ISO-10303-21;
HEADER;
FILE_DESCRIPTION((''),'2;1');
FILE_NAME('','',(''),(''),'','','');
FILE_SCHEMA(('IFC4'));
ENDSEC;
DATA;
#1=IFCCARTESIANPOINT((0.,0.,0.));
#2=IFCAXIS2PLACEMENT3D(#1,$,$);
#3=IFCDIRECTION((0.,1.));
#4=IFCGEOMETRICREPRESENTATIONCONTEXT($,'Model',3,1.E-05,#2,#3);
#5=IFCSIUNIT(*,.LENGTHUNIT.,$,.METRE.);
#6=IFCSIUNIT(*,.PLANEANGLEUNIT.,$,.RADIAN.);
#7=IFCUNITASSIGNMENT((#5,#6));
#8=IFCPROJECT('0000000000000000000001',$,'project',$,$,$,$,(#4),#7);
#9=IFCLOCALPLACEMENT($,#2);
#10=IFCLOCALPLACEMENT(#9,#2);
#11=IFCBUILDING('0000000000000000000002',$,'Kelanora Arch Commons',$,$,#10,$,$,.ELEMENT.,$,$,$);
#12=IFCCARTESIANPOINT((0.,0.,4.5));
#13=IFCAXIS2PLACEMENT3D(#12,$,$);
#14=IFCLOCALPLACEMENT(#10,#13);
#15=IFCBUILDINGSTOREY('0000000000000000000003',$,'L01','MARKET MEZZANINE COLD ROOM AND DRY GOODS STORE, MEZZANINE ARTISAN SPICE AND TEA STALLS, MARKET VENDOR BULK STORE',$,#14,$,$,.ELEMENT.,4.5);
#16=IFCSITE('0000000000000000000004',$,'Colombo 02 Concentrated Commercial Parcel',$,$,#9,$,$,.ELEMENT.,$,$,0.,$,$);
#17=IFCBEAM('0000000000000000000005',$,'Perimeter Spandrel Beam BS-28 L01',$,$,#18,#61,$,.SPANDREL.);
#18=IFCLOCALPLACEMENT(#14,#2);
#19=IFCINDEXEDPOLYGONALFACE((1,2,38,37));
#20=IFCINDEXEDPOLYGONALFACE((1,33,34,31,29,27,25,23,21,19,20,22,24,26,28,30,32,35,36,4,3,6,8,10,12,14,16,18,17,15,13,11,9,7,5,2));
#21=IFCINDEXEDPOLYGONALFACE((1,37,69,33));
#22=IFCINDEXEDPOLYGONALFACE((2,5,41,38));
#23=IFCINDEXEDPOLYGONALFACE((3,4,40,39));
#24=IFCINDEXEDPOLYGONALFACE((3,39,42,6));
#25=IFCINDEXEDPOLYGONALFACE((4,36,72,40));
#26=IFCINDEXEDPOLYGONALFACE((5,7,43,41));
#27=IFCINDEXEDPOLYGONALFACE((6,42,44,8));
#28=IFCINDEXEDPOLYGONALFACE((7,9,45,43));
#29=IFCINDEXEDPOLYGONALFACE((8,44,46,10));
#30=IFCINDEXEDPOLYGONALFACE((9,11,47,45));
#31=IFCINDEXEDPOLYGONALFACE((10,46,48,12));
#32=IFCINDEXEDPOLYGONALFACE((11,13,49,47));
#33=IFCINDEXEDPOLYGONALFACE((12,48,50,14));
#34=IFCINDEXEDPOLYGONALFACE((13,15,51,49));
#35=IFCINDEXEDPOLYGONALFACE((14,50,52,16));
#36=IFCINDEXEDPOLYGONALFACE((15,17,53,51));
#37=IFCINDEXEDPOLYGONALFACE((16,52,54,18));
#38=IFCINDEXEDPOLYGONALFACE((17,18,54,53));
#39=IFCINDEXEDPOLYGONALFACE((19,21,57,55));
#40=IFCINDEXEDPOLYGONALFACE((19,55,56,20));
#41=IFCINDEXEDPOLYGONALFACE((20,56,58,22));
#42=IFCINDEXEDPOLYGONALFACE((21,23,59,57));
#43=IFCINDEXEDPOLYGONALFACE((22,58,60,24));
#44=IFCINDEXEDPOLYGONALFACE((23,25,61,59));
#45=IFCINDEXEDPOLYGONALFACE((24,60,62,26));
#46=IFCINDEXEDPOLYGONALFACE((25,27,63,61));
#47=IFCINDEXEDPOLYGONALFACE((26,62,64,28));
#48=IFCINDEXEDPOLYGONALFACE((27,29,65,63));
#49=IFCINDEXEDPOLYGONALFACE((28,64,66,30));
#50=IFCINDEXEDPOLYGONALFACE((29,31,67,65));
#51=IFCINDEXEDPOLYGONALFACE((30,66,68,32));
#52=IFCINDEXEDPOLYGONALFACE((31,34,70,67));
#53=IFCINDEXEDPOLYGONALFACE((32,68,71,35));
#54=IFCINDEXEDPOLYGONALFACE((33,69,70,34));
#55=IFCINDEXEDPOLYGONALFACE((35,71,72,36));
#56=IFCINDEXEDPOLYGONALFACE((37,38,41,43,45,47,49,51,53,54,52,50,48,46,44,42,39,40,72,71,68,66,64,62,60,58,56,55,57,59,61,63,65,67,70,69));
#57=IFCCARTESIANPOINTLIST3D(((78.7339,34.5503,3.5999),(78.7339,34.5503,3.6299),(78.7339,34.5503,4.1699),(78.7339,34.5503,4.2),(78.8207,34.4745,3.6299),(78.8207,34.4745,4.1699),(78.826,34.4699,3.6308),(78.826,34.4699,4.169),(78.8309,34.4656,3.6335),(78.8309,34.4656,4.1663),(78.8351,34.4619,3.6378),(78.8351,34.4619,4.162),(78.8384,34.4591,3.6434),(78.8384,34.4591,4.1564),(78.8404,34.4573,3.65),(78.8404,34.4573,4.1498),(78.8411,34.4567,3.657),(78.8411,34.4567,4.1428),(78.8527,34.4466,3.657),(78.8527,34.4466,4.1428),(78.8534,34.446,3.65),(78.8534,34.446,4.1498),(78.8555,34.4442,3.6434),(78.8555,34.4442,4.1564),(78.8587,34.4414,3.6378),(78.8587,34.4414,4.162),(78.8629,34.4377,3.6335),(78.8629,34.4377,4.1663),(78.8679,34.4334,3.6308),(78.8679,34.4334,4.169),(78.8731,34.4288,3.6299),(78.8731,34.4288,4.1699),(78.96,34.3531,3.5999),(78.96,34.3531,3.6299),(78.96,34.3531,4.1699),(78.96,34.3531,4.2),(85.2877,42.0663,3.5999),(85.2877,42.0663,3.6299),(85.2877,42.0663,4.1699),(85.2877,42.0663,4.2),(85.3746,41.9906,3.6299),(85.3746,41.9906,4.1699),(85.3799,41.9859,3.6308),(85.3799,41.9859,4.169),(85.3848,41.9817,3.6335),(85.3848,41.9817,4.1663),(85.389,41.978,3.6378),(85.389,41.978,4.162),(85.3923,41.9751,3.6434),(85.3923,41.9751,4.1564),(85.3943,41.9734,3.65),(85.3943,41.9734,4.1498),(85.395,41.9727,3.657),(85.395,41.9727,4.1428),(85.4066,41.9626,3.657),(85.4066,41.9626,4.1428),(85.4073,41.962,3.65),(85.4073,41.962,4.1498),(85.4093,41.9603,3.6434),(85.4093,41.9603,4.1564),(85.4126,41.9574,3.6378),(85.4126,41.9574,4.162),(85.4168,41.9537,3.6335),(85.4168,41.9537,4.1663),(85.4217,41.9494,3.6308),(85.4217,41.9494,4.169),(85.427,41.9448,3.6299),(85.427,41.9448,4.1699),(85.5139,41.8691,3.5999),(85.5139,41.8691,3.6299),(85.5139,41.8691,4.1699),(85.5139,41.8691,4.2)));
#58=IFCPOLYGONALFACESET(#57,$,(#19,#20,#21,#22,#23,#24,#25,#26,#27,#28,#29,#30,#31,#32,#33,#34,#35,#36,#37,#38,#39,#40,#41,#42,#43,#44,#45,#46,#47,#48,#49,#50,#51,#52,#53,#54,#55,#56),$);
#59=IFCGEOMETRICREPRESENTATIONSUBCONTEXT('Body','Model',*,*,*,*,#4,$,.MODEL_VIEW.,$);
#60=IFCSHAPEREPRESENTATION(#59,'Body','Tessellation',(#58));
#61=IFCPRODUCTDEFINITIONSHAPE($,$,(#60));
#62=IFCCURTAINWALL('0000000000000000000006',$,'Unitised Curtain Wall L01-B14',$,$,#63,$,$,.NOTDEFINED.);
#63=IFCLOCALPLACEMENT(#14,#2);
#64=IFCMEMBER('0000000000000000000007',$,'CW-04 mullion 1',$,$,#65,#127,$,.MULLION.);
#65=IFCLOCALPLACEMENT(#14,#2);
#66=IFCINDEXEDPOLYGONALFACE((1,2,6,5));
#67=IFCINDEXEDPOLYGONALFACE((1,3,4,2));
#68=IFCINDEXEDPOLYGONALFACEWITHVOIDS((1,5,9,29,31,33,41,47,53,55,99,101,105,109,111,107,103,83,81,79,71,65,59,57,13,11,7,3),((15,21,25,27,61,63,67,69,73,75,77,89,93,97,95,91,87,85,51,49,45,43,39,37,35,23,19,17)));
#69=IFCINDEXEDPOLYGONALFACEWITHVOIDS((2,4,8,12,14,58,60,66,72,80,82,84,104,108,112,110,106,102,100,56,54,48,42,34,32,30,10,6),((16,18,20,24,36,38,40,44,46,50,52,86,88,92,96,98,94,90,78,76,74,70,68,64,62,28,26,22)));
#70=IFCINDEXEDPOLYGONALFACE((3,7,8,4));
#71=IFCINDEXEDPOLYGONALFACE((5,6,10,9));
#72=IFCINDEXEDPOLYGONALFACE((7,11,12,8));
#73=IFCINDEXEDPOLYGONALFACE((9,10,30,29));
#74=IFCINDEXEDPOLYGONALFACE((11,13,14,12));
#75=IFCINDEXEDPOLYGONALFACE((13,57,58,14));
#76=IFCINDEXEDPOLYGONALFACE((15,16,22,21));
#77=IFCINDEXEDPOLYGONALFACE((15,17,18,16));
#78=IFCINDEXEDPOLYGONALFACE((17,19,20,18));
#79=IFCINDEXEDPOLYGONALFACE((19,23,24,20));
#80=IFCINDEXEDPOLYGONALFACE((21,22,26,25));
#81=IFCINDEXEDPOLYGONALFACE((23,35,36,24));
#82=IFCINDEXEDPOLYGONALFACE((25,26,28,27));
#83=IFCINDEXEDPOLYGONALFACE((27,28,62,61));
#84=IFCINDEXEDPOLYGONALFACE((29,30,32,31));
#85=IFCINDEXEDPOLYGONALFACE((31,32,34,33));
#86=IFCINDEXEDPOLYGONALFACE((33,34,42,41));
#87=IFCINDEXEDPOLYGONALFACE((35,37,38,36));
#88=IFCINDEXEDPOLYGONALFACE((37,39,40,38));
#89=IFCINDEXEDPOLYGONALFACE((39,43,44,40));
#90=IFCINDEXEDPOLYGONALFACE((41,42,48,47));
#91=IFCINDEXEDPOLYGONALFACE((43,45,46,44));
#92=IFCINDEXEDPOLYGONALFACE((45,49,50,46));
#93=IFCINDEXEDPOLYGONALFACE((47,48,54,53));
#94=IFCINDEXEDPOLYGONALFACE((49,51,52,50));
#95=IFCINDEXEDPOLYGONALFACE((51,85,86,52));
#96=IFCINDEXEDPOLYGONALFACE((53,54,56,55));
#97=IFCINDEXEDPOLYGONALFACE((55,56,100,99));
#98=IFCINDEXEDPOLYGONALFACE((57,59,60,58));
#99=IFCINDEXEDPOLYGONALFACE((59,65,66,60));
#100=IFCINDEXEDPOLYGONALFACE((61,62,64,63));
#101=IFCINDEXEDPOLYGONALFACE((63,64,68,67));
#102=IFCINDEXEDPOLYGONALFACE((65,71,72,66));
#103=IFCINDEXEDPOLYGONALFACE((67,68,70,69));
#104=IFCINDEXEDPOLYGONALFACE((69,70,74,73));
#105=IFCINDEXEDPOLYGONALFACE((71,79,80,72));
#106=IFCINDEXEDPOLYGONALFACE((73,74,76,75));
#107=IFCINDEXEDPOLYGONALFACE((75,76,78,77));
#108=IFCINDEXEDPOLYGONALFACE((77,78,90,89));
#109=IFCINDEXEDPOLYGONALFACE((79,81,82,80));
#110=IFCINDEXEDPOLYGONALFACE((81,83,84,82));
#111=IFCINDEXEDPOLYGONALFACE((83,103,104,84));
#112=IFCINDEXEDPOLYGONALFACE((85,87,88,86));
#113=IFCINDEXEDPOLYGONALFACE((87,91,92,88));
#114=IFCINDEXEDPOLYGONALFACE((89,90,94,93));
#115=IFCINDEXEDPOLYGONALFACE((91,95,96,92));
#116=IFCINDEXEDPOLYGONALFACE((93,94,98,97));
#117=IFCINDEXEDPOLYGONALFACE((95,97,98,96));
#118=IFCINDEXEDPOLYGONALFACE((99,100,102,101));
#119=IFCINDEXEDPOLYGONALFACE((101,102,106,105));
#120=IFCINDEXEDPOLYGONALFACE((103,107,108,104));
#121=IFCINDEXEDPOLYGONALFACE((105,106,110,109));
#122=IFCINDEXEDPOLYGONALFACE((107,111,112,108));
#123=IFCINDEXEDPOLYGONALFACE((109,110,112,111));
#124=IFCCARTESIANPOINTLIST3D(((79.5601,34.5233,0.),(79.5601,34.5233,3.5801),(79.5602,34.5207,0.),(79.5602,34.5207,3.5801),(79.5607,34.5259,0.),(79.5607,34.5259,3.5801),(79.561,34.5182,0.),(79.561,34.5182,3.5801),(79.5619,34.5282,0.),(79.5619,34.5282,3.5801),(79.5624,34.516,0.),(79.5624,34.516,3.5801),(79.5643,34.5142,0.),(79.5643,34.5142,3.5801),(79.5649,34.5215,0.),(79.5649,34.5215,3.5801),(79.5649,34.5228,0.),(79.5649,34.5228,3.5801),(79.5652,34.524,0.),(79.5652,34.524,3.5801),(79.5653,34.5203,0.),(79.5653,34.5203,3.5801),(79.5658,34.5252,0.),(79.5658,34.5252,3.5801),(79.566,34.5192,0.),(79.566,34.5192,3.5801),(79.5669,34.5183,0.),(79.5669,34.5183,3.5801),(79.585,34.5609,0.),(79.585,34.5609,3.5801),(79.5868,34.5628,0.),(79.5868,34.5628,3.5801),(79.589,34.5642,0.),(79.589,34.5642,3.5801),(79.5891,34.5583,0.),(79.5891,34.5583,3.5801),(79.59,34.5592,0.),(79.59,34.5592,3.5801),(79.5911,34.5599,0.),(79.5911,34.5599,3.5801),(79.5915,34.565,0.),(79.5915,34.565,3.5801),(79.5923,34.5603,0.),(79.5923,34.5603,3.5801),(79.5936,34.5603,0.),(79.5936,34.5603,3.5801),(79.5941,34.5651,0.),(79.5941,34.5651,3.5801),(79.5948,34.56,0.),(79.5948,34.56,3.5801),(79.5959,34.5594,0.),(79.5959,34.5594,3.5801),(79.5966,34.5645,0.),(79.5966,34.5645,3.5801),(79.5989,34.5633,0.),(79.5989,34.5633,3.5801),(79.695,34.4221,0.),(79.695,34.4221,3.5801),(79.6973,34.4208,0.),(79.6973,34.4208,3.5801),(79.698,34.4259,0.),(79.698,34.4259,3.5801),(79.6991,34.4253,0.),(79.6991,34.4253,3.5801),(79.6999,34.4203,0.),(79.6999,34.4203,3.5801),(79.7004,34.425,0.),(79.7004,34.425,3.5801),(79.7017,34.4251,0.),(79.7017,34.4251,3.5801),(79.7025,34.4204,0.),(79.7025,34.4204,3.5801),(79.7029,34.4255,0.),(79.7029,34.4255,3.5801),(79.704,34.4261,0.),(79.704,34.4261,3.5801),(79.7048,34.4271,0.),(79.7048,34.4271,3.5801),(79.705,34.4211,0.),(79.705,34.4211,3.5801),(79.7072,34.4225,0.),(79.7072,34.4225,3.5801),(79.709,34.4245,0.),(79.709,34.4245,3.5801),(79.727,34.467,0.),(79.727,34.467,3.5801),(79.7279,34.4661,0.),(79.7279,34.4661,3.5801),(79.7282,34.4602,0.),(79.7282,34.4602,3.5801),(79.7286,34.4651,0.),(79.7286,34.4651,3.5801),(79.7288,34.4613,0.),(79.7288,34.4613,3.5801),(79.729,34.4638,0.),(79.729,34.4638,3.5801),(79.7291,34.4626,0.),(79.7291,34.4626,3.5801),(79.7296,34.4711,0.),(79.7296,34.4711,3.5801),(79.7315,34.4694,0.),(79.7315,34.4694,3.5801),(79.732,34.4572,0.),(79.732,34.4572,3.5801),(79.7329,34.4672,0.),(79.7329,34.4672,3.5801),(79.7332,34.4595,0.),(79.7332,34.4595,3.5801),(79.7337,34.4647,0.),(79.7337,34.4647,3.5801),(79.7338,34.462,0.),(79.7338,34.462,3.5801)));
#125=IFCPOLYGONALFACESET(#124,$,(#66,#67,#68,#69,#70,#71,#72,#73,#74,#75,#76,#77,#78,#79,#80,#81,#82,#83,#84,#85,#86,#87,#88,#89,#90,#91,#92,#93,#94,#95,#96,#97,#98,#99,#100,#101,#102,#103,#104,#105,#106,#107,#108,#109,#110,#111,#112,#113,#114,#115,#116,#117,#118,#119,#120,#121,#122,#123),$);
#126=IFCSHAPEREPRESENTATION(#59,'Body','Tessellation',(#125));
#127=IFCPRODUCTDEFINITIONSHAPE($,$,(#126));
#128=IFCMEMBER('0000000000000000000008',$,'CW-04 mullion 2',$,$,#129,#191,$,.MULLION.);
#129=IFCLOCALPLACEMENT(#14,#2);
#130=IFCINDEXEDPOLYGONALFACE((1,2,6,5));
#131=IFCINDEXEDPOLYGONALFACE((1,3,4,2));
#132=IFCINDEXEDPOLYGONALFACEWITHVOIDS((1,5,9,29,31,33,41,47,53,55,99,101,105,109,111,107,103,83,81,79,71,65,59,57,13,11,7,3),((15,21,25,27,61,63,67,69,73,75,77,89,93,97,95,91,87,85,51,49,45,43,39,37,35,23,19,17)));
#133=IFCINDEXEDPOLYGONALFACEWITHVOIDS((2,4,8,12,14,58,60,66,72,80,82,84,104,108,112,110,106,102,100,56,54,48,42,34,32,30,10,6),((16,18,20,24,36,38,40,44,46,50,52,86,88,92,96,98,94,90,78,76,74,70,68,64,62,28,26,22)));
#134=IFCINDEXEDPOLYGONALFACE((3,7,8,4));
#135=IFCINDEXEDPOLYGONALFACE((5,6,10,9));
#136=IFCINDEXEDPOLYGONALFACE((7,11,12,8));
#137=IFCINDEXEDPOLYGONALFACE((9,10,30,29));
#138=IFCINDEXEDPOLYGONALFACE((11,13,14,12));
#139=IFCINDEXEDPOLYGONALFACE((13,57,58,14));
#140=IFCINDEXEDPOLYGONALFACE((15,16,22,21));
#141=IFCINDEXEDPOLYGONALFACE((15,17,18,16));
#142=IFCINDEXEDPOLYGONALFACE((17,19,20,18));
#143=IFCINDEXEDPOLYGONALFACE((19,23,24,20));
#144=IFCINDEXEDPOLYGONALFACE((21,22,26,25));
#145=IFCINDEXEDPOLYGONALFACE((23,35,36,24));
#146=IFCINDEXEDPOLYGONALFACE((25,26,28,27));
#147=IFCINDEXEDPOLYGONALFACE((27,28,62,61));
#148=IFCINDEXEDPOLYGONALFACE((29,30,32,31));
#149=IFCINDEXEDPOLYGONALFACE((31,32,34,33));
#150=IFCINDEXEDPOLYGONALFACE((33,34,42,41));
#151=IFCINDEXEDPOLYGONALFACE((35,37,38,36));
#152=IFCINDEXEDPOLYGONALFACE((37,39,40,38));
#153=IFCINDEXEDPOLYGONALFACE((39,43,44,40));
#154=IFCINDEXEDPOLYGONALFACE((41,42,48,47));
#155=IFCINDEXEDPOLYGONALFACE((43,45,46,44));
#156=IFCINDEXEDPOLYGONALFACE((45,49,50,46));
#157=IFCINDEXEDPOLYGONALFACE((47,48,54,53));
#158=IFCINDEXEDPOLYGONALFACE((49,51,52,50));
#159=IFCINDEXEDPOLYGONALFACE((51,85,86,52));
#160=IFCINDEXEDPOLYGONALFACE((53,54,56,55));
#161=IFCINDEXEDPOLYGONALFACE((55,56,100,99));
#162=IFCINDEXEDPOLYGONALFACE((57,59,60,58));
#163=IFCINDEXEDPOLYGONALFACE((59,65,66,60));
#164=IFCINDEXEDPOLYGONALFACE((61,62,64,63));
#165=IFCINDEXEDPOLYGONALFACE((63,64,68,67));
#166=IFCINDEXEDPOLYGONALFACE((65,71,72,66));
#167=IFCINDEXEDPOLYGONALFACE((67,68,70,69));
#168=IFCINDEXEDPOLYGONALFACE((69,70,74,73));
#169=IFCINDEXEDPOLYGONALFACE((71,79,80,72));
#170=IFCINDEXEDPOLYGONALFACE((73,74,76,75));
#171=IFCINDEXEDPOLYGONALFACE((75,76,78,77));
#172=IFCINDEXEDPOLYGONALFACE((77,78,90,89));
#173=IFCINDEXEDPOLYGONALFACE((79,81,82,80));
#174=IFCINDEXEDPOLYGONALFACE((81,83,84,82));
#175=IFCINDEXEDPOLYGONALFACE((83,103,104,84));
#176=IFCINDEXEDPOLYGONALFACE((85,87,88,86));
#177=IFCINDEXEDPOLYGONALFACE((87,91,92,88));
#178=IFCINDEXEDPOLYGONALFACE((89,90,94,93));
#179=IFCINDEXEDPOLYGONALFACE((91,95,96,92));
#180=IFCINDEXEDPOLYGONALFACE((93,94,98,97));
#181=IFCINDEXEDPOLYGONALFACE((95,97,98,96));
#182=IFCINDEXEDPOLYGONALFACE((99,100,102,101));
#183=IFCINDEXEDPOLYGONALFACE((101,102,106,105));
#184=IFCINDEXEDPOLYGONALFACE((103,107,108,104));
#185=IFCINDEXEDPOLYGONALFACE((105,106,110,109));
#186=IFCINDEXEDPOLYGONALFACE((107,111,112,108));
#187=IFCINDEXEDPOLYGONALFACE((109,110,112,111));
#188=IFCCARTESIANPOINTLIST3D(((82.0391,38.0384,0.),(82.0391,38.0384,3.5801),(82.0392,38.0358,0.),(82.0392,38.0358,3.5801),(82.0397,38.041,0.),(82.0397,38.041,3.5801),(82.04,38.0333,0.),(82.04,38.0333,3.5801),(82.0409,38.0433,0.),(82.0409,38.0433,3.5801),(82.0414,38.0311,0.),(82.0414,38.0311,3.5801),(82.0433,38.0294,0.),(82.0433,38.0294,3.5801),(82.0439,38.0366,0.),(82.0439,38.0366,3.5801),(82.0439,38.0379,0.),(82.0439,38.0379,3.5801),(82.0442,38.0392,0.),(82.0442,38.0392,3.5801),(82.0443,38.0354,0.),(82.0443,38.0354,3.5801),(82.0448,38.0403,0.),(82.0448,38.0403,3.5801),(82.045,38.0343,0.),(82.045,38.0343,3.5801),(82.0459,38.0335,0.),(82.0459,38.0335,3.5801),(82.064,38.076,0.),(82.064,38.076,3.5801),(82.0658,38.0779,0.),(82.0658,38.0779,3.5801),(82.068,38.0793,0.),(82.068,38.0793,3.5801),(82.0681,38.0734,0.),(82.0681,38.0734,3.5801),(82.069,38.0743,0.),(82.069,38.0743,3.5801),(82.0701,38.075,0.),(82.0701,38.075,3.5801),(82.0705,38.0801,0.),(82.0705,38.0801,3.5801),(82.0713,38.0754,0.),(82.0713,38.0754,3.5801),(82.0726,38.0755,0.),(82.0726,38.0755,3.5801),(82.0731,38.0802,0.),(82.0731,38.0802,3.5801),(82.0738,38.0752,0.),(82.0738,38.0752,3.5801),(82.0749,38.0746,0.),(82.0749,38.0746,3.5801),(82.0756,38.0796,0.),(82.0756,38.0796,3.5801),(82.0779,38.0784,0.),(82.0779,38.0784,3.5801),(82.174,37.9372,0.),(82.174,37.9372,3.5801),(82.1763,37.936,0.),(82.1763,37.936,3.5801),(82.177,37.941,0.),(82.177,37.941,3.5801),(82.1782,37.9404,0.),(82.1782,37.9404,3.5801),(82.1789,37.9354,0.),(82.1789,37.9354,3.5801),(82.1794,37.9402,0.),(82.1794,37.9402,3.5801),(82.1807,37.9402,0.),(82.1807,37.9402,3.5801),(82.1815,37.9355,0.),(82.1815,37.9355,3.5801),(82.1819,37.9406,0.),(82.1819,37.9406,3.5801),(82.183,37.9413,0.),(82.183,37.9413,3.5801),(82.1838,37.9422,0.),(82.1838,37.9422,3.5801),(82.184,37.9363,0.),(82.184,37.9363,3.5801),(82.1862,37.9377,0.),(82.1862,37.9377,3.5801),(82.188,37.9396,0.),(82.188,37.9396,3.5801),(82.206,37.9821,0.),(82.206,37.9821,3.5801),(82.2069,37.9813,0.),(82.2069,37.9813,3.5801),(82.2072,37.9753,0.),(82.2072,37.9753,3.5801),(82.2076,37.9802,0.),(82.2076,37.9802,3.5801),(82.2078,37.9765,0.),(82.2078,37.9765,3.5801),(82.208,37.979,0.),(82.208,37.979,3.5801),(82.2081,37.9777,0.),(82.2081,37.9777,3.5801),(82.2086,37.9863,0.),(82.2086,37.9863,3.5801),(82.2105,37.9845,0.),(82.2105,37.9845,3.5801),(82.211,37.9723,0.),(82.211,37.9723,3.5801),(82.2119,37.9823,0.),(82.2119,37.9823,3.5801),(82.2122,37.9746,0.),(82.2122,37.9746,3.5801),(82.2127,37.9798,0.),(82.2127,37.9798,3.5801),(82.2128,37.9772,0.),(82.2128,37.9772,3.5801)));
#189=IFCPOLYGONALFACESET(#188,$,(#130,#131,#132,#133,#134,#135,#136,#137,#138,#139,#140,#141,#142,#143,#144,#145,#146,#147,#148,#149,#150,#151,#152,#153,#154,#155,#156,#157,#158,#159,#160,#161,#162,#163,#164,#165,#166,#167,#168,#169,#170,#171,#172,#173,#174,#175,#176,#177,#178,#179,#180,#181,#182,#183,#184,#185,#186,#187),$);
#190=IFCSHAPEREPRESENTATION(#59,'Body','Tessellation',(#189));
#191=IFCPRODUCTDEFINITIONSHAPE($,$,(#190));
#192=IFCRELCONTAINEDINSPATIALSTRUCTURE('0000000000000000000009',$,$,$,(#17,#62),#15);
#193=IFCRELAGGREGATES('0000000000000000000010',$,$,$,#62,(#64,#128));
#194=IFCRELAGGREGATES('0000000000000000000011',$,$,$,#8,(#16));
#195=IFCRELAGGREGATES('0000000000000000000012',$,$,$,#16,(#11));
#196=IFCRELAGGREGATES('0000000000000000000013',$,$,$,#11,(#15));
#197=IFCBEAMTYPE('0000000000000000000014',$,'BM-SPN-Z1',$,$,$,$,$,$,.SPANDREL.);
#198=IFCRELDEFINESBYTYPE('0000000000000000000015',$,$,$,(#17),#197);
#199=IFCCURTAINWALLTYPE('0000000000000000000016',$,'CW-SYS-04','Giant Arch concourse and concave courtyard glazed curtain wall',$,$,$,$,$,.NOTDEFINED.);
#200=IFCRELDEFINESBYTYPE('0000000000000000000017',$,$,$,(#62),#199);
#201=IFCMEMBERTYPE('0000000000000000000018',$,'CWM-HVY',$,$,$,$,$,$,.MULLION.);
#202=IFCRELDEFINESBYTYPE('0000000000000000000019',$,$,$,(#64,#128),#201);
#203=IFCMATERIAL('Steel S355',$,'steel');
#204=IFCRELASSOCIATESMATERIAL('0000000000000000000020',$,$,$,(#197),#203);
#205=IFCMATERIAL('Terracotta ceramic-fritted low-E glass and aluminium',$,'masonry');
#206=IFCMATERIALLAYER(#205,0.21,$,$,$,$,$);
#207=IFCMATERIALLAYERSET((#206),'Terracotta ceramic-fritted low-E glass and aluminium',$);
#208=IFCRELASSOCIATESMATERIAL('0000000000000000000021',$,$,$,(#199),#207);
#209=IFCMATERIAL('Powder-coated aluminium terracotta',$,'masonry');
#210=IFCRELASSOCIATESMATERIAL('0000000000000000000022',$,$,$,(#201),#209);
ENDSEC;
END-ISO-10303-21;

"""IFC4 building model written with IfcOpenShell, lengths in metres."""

from ifc_helpers import new_model, si_unit, direction, frame, origin, origin_2d, place, context, subcontext, project, spatial, hollow_rectangle, i_section, extrude, material, layer, layer_set, material_profile, profile_set, type_object, element, aggregate, save


model = new_model("IFC4")

# Units and contexts
model_context = context("Model", 3, precision=1e-05, world=origin(), true_north=direction((0.0, 1.0)))
body_context = subcontext(model_context, "Body", "Model", "MODEL_VIEW")
ifc_project = project(units=[si_unit("LENGTHUNIT", "METRE"), si_unit("PLANEANGLEUNIT", "RADIAN")], contexts=[model_context])

# Site, building, storey
site_placement = place(None, origin())
site = spatial("IfcSite", under=ifc_project, at=site_placement, Name="Colombo 02 Concentrated Commercial Parcel", CompositionType="ELEMENT", RefElevation=0.0)
building_placement = place(site_placement, origin())
building = spatial("IfcBuilding", under=site, at=building_placement, Name="Kelanora Arch Commons", CompositionType="ELEMENT")
storey_placement = place(building_placement, frame((0.0, 0.0, 4.5)))
storey = spatial("IfcBuildingStorey", under=building, at=storey_placement, Name="L01", Description="MARKET MEZZANINE COLD ROOM AND DRY GOODS STORE, MEZZANINE ARTISAN SPICE AND TEA STALLS, MARKET VENDOR BULK STORE", CompositionType="ELEMENT", Elevation=4.5)

# Beam
ifc_material_1 = material(Name="Steel S355", Category="steel")
ifc_material_profile_1 = material_profile(ifc_material_1, i_section(OverallWidth=0.3, OverallDepth=0.6001, WebThickness=0.0154, FlangeThickness=0.03, FilletRadius=0.0271, at=origin_2d()), Name="HEB600")
ifc_profile_set_1 = profile_set([ifc_material_profile_1], Name="Steel S355")
beam_type_1 = type_object("IfcBeamType", Name="BM-SPN-Z1", PredefinedType="SPANDREL", material=ifc_profile_set_1)
beam_1_placement = place(storey_placement, frame((78.8469, 34.4517, 3.8999), z_axis=(0.657218, 0.753701, 0.0), x_axis=(-0.753701, 0.657218, 0.0)))
element("IfcBeam", 1, at=beam_1_placement, inside=storey, type_object=beam_type_1, Name="Perimeter Spandrel Beam BS-28 L01", PredefinedType="SPANDREL", context=body_context, shape_type="SweptSolid", body=[
    extrude(i_section(OverallWidth=0.3, OverallDepth=0.6001, WebThickness=0.0154, FlangeThickness=0.03, FilletRadius=0.0271, at=origin_2d()), origin(), (0.0, 0.0, 1.0), 9.9722),
])

# Curtain wall, members
ifc_material_2 = material(Name="Terracotta ceramic-fritted low-E glass and aluminium", Category="masonry")
ifc_layer_1 = layer(ifc_material_2, 0.21)
ifc_layer_set_1 = layer_set([ifc_layer_1], Name="Terracotta ceramic-fritted low-E glass and aluminium")
curtain_wall_type = type_object("IfcCurtainWallType", Name="CW-SYS-04", Description="Giant Arch concourse and concave courtyard glazed curtain wall", PredefinedType="NOTDEFINED", material=ifc_layer_set_1)
curtain_wall_placement = place(storey_placement, origin())
curtain_wall = element("IfcCurtainWall", 2, at=curtain_wall_placement, inside=storey, type_object=curtain_wall_type, Name="Unitised Curtain Wall L01-B14", PredefinedType="NOTDEFINED")
ifc_material_3 = material(Name="Powder-coated aluminium terracotta", Category="masonry")
ifc_material_profile_2 = material_profile(ifc_material_3, hollow_rectangle(XDim=0.1799, YDim=0.0601, WallThickness=0.0049, InnerFilletRadius=0.0049, OuterFilletRadius=0.01, at=origin_2d()), Name="CWM180x60")
ifc_profile_set_2 = profile_set([ifc_material_profile_2], Name="Powder-coated aluminium terracotta")
member_type_1 = type_object("IfcMemberType", Name="CWM-HVY", PredefinedType="MULLION", material=ifc_profile_set_2)
member_1_placement = place(storey_placement, frame((79.647, 34.4927, 0.0), z_axis=(0.0, 0.0, 1.0), x_axis=(-0.817206, 0.576345, 0.0)))
member_1 = element("IfcMember", 3, at=member_1_placement, type_object=member_type_1, Name="CW-04 mullion 1", PredefinedType="MULLION", context=body_context, shape_type="SweptSolid", body=[
    extrude(hollow_rectangle(XDim=0.1799, YDim=0.0601, WallThickness=0.0049, InnerFilletRadius=0.0049, OuterFilletRadius=0.01, at=origin_2d()), origin(), (0.0, 0.0, 1.0), 3.5801),
])
member_2_placement = place(storey_placement, frame((82.126, 38.0078, 0.0), z_axis=(0.0, 0.0, 1.0), x_axis=(-0.817206, 0.576345, 0.0)))
member_2 = element("IfcMember", 4, at=member_2_placement, type_object=member_type_1, Name="CW-04 mullion 2", PredefinedType="MULLION", context=body_context, shape_type="SweptSolid", body=[
    extrude(hollow_rectangle(XDim=0.1799, YDim=0.0601, WallThickness=0.0049, InnerFilletRadius=0.0049, OuterFilletRadius=0.01, at=origin_2d()), origin(), (0.0, 0.0, 1.0), 3.5801),
])
aggregate(curtain_wall, [member_1, member_2])

save(model, "model.ifc")
